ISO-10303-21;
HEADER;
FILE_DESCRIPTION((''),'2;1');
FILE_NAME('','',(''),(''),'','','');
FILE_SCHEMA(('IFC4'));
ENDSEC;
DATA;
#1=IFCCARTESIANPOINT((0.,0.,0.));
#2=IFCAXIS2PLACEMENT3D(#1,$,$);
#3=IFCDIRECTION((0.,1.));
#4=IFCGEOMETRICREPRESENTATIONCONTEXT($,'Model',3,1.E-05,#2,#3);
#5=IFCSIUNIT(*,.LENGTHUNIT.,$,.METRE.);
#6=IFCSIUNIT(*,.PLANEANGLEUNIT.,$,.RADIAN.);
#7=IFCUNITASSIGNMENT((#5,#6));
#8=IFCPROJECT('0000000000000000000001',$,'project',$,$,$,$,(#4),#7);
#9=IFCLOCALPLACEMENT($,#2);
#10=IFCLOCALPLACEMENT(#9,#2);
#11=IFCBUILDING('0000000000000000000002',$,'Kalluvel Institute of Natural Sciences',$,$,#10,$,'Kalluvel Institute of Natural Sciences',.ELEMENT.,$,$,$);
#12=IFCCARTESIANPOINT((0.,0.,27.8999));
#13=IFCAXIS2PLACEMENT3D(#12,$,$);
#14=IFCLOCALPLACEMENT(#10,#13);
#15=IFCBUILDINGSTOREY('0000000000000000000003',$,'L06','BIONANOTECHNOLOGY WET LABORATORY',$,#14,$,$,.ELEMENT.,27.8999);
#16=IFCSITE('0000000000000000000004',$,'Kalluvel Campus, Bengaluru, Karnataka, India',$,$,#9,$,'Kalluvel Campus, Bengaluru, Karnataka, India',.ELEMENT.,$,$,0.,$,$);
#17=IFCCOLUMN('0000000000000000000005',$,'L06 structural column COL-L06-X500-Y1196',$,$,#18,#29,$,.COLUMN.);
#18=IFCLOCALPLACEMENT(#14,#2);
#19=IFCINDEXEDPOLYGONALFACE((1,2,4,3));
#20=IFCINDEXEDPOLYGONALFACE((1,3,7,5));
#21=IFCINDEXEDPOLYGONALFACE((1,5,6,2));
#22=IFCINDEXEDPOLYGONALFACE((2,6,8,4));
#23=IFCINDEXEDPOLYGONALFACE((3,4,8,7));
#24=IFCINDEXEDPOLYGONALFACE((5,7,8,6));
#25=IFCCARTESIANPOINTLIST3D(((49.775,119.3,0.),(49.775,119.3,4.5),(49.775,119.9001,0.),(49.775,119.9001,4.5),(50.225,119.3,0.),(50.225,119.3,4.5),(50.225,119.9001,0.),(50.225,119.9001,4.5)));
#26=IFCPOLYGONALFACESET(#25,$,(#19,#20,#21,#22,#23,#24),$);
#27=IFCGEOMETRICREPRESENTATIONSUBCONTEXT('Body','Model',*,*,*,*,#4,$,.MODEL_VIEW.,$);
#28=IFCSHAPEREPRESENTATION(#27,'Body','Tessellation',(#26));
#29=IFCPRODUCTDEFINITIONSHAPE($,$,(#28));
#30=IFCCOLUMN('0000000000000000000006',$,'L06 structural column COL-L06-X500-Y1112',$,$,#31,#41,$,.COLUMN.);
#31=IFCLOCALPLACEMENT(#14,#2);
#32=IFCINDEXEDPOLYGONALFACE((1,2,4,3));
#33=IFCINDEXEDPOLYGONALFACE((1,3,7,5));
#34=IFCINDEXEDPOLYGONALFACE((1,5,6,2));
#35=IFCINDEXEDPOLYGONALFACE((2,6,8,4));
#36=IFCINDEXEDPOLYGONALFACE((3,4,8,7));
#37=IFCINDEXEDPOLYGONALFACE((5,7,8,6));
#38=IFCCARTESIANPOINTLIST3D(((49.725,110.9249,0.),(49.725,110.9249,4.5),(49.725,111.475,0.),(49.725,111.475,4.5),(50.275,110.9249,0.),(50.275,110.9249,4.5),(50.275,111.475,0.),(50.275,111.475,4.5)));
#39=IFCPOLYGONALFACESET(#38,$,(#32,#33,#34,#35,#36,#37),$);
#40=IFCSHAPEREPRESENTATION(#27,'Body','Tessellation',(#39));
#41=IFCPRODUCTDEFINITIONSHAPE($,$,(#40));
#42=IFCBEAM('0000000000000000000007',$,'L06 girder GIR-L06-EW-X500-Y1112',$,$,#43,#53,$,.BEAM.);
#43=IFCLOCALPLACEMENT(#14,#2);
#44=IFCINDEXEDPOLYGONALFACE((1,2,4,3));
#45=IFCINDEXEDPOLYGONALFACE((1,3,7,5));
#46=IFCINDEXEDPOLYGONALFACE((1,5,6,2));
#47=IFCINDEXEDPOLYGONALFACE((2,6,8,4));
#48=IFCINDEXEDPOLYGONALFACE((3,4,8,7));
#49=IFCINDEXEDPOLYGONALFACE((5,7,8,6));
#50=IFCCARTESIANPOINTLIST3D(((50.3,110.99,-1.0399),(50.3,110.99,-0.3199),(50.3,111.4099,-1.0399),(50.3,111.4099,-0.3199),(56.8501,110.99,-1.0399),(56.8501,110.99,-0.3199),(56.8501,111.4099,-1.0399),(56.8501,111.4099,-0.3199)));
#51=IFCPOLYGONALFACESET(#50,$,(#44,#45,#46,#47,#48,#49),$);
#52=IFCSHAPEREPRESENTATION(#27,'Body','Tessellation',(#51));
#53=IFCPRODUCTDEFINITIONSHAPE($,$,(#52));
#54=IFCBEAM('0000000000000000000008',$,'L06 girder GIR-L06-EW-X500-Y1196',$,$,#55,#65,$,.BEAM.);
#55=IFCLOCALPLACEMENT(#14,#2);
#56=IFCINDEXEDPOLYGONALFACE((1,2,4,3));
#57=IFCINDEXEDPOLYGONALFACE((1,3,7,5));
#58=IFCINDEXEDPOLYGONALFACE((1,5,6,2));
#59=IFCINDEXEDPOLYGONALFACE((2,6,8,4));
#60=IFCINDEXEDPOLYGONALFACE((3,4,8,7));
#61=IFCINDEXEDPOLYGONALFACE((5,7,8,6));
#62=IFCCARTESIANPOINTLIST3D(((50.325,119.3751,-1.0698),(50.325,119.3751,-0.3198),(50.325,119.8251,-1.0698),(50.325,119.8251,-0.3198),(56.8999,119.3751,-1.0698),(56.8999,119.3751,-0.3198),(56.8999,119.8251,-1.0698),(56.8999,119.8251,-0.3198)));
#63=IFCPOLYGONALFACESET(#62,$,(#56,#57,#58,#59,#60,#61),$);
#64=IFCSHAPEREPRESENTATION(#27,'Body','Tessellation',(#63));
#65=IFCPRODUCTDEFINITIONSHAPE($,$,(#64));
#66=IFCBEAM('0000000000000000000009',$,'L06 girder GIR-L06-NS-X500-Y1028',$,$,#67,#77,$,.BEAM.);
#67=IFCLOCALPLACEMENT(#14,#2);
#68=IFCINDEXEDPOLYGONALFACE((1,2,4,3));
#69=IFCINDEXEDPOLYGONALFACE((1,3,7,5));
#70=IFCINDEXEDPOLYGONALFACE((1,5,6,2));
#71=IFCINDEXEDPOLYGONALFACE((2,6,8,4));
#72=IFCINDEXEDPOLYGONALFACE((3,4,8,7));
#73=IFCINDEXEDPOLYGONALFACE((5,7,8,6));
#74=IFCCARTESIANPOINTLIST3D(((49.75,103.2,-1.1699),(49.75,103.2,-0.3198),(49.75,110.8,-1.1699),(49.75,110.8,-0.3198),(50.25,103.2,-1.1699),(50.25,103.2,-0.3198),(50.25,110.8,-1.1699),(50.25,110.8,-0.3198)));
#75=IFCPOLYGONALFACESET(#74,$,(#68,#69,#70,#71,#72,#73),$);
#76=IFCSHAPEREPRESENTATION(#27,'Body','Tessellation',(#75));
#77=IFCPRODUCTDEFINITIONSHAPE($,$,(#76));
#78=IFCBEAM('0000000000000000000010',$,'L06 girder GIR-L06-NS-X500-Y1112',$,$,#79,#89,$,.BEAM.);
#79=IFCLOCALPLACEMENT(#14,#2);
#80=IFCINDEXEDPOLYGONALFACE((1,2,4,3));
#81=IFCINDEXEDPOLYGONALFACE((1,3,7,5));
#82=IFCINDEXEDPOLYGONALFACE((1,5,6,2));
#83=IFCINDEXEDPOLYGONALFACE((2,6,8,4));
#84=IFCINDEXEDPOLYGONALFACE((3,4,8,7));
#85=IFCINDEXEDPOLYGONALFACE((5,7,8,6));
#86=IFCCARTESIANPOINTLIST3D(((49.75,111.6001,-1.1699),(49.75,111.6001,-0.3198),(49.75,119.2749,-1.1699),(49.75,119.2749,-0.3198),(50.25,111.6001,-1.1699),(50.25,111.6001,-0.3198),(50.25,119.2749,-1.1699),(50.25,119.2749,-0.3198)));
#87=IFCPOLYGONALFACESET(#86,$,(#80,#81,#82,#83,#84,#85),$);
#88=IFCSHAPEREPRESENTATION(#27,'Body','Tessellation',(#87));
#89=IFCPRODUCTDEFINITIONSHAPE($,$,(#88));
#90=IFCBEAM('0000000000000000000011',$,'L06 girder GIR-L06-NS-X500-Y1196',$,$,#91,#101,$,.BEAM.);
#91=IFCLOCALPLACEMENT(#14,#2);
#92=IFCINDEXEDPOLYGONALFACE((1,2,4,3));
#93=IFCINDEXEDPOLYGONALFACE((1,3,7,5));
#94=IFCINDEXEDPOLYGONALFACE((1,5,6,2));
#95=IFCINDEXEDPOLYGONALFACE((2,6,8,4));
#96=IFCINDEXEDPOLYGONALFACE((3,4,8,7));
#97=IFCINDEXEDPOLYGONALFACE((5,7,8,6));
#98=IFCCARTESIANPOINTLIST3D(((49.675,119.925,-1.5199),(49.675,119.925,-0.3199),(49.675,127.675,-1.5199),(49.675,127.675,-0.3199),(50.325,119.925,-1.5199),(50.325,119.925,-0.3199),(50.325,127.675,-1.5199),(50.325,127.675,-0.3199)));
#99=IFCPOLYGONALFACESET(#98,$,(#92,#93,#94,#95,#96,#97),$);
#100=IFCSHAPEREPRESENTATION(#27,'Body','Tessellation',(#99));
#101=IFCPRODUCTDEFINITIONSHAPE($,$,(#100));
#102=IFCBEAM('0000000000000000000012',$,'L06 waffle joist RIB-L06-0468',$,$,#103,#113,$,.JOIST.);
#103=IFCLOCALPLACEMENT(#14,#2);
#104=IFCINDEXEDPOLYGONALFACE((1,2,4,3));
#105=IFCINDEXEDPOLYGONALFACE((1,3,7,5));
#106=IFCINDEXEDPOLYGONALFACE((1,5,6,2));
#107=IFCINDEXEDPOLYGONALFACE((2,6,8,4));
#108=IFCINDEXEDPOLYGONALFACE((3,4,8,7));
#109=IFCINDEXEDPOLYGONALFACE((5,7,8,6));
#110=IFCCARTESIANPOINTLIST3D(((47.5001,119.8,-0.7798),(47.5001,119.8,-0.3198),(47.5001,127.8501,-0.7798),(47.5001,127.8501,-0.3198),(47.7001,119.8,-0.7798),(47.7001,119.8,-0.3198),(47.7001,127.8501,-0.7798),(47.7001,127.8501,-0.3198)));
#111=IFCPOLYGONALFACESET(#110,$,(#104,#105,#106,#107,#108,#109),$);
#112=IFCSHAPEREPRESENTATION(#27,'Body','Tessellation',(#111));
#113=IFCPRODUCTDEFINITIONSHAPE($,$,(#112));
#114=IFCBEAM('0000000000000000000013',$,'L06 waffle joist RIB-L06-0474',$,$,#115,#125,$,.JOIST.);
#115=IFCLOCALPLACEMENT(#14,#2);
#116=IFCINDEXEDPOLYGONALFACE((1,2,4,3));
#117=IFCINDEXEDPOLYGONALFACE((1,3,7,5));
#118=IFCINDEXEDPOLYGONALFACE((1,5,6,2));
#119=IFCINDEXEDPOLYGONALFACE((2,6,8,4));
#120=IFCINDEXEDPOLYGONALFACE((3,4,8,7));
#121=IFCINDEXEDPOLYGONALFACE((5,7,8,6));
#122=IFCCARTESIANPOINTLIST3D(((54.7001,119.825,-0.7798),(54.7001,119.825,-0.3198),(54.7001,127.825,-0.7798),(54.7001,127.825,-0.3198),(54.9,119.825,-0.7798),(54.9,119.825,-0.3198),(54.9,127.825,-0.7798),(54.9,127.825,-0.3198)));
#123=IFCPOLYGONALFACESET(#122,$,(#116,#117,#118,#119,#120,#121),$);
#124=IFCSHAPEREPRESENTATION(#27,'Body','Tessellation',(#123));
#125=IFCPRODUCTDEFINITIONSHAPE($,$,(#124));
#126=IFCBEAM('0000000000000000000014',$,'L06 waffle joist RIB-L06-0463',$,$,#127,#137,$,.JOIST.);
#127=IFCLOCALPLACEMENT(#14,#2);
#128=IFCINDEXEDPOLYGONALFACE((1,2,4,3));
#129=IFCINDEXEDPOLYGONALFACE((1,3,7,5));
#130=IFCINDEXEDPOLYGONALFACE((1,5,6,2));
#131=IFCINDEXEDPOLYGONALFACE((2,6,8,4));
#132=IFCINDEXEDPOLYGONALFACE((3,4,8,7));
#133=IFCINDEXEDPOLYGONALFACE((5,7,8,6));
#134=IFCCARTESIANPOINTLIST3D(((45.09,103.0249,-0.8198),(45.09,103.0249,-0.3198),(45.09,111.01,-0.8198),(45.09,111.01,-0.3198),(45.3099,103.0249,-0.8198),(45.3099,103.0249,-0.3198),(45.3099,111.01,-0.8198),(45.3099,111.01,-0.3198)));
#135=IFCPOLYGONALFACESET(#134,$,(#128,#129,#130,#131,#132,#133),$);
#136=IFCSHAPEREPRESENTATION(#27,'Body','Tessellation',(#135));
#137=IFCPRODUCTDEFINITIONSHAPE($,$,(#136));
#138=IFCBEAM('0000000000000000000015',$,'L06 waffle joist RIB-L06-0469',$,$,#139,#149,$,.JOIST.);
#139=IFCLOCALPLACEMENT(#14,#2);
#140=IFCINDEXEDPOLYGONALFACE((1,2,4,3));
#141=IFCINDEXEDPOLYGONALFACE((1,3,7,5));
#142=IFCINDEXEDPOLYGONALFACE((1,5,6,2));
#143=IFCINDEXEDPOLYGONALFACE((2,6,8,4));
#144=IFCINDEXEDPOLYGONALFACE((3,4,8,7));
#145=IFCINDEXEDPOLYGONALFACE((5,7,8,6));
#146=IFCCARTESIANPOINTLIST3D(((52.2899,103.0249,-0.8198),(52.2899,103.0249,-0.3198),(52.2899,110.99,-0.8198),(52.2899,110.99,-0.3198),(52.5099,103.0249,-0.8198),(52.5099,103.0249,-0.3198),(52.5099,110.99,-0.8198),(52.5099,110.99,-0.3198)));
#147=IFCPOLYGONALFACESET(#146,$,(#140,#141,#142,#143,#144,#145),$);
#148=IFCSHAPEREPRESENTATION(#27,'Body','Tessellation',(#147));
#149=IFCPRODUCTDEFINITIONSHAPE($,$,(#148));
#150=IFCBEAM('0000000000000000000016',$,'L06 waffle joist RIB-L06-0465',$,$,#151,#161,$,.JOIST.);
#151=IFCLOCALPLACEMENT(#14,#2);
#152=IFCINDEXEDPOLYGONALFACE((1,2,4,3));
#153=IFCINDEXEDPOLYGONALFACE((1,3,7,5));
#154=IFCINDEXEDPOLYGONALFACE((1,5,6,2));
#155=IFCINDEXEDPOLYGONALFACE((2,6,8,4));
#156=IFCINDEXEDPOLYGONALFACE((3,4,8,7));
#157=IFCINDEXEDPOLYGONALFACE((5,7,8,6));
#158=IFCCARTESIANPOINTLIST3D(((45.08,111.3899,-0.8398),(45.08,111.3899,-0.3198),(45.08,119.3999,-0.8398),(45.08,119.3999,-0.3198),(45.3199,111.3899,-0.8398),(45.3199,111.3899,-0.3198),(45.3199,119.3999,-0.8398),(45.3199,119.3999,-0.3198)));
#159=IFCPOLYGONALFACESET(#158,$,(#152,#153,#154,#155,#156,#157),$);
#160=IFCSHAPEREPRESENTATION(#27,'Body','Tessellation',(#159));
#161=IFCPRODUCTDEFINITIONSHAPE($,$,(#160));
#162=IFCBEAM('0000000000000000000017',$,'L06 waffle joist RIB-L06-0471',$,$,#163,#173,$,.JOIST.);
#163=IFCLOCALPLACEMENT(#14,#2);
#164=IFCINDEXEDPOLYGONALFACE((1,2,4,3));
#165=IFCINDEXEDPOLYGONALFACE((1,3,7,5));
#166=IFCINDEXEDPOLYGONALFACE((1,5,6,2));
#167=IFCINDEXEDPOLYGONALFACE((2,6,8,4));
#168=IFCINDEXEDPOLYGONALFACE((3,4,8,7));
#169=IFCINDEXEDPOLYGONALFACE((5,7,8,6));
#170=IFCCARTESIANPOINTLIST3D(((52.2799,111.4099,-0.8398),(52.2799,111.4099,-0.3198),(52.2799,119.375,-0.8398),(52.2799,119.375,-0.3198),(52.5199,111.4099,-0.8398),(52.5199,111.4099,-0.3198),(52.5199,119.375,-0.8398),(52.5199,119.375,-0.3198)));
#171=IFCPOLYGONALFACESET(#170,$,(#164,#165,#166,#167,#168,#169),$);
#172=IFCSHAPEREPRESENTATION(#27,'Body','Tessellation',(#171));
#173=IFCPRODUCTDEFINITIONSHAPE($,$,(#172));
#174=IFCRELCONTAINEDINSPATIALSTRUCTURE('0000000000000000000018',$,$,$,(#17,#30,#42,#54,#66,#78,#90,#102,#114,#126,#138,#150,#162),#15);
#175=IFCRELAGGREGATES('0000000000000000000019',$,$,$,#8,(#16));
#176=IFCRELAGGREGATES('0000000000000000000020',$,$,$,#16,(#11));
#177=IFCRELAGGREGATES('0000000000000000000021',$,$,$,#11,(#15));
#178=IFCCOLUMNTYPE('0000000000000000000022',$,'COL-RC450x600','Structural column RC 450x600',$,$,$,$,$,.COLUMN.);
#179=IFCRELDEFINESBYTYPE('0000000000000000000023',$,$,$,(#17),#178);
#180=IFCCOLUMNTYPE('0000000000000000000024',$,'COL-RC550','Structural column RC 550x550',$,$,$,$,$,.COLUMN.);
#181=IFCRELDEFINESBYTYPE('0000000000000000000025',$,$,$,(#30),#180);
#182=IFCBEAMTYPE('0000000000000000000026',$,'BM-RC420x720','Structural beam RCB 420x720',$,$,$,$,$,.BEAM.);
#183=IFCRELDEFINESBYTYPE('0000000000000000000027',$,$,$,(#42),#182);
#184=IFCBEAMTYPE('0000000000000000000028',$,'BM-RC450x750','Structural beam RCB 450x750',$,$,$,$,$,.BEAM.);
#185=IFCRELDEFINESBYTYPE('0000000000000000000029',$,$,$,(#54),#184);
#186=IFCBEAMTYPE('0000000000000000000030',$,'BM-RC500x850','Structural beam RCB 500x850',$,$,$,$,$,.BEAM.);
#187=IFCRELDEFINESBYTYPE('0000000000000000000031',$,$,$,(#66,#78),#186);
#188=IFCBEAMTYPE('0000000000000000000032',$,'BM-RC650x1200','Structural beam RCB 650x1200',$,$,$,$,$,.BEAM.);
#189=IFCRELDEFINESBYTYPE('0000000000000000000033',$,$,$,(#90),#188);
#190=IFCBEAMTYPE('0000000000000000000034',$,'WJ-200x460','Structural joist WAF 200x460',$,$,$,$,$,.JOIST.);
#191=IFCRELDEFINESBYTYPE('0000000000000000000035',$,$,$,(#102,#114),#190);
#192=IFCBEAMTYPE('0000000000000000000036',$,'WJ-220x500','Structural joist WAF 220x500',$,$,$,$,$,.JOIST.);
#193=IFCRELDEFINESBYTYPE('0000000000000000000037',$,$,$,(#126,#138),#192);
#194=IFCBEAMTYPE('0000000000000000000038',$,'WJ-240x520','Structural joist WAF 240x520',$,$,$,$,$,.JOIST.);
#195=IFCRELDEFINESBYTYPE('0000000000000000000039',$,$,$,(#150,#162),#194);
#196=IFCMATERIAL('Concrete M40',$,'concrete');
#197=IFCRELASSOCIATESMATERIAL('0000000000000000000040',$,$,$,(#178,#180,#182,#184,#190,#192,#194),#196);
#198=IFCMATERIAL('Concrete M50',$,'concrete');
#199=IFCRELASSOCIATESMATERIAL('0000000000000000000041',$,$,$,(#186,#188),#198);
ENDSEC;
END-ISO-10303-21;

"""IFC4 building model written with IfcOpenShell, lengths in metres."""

from ifc_helpers import new_model, si_unit, direction, frame, origin, origin_2d, place, context, subcontext, project, spatial, rectangle, extrude, material, material_profile, profile_set, type_object, element, save


model = new_model("IFC4")

# Units and contexts
model_context = context("Model", 3, precision=1e-05, world=origin(), true_north=direction((0.0, 1.0)))
body_context = subcontext(model_context, "Body", "Model", "MODEL_VIEW")
ifc_project = project(units=[si_unit("LENGTHUNIT", "METRE"), si_unit("PLANEANGLEUNIT", "RADIAN")], contexts=[model_context])

# Site, building, storey
site_placement = place(None, origin())
site = spatial("IfcSite", under=ifc_project, at=site_placement, Name="Kalluvel Campus, Bengaluru, Karnataka, India", LongName="Kalluvel Campus, Bengaluru, Karnataka, India", CompositionType="ELEMENT", RefElevation=0.0)
building_placement = place(site_placement, origin())
building = spatial("IfcBuilding", under=site, at=building_placement, Name="Kalluvel Institute of Natural Sciences", LongName="Kalluvel Institute of Natural Sciences", CompositionType="ELEMENT")
storey_placement = place(building_placement, frame((0.0, 0.0, 27.8999)))
storey = spatial("IfcBuildingStorey", under=building, at=storey_placement, Name="L06", Description="BIONANOTECHNOLOGY WET LABORATORY", CompositionType="ELEMENT", Elevation=27.8999)

# Columns
ifc_material_1 = material(Name="Concrete M40", Category="concrete")
ifc_material_profile_1 = material_profile(ifc_material_1, rectangle(XDim=0.45, YDim=0.6001, at=origin_2d()), Name="RC 450x600")
ifc_profile_set_1 = profile_set([ifc_material_profile_1], Name="Concrete M40")
column_type_1 = type_object("IfcColumnType", Name="COL-RC450x600", Description="Structural column RC 450x600", PredefinedType="COLUMN", material=ifc_profile_set_1)
column_1_placement = place(storey_placement, frame((50.0, 119.6001, 0.0), z_axis=(0.0, 0.0, 1.0), x_axis=(1.0, 0.0, 0.0)))
element("IfcColumn", 1, at=column_1_placement, inside=storey, type_object=column_type_1, Name="L06 structural column COL-L06-X500-Y1196", PredefinedType="COLUMN", context=body_context, shape_type="SweptSolid", body=[
    extrude(rectangle(XDim=0.45, YDim=0.6001, at=origin_2d()), origin(), (0.0, 0.0, 1.0), 4.5),
])
ifc_material_profile_2 = material_profile(ifc_material_1, rectangle(XDim=0.55, YDim=0.55, at=origin_2d()), Name="RC 550x550")
ifc_profile_set_2 = profile_set([ifc_material_profile_2], Name="Concrete M40")
column_type_2 = type_object("IfcColumnType", Name="COL-RC550", Description="Structural column RC 550x550", PredefinedType="COLUMN", material=ifc_profile_set_2)
column_2_placement = place(storey_placement, frame((50.0, 111.2, 0.0), z_axis=(0.0, 0.0, 1.0), x_axis=(1.0, 0.0, 0.0)))
element("IfcColumn", 2, at=column_2_placement, inside=storey, type_object=column_type_2, Name="L06 structural column COL-L06-X500-Y1112", PredefinedType="COLUMN", context=body_context, shape_type="SweptSolid", body=[
    extrude(rectangle(XDim=0.55, YDim=0.55, at=origin_2d()), origin(), (0.0, 0.0, 1.0), 4.5),
])

# Beams
ifc_material_profile_3 = material_profile(ifc_material_1, rectangle(XDim=0.4199, YDim=0.72, at=origin_2d()), Name="RCB 420x720")
ifc_profile_set_3 = profile_set([ifc_material_profile_3], Name="Concrete M40")
beam_type_1 = type_object("IfcBeamType", Name="BM-RC420x720", Description="Structural beam RCB 420x720", PredefinedType="BEAM", material=ifc_profile_set_3)
beam_1_placement = place(storey_placement, frame((50.3, 111.2, -0.6799), z_axis=(1.0, 0.0, 0.0), x_axis=(0.0, 1.0, 0.0)))
element("IfcBeam", 3, at=beam_1_placement, inside=storey, type_object=beam_type_1, Name="L06 girder GIR-L06-EW-X500-Y1112", PredefinedType="BEAM", context=body_context, shape_type="SweptSolid", body=[
    extrude(rectangle(XDim=0.4199, YDim=0.72, at=origin_2d()), origin(), (0.0, 0.0, 1.0), 6.55),
])
ifc_material_profile_4 = material_profile(ifc_material_1, rectangle(XDim=0.45, YDim=0.75, at=origin_2d()), Name="RCB 450x750")
ifc_profile_set_4 = profile_set([ifc_material_profile_4], Name="Concrete M40")
beam_type_2 = type_object("IfcBeamType", Name="BM-RC450x750", Description="Structural beam RCB 450x750", PredefinedType="BEAM", material=ifc_profile_set_4)
beam_2_placement = place(storey_placement, frame((50.325, 119.6001, -0.6948), z_axis=(1.0, 0.0, 0.0), x_axis=(0.0, 1.0, 0.0)))
element("IfcBeam", 4, at=beam_2_placement, inside=storey, type_object=beam_type_2, Name="L06 girder GIR-L06-EW-X500-Y1196", PredefinedType="BEAM", context=body_context, shape_type="SweptSolid", body=[
    extrude(rectangle(XDim=0.45, YDim=0.75, at=origin_2d()), origin(), (0.0, 0.0, 1.0), 6.575),
])
ifc_material_2 = material(Name="Concrete M50", Category="concrete")
ifc_material_profile_5 = material_profile(ifc_material_2, rectangle(XDim=0.5, YDim=0.8501, at=origin_2d()), Name="RCB 500x850")
ifc_profile_set_5 = profile_set([ifc_material_profile_5], Name="Concrete M50")
beam_type_3 = type_object("IfcBeamType", Name="BM-RC500x850", Description="Structural beam RCB 500x850", PredefinedType="BEAM", material=ifc_profile_set_5)
beam_3_placement = place(storey_placement, frame((50.0, 103.2, -0.7449), z_axis=(0.0, 1.0, 0.0), x_axis=(-1.0, 0.0, 0.0)))
element("IfcBeam", 5, at=beam_3_placement, inside=storey, type_object=beam_type_3, Name="L06 girder GIR-L06-NS-X500-Y1028", PredefinedType="BEAM", context=body_context, shape_type="SweptSolid", body=[
    extrude(rectangle(XDim=0.5, YDim=0.8501, at=origin_2d()), origin(), (0.0, 0.0, 1.0), 7.6001),
])
beam_4_placement = place(storey_placement, frame((50.0, 111.6001, -0.7449), z_axis=(0.0, 1.0, 0.0), x_axis=(-1.0, 0.0, 0.0)))
element("IfcBeam", 6, at=beam_4_placement, inside=storey, type_object=beam_type_3, Name="L06 girder GIR-L06-NS-X500-Y1112", PredefinedType="BEAM", context=body_context, shape_type="SweptSolid", body=[
    extrude(rectangle(XDim=0.5, YDim=0.8501, at=origin_2d()), origin(), (0.0, 0.0, 1.0), 7.6748),
])
ifc_material_profile_6 = material_profile(ifc_material_2, rectangle(XDim=0.6499, YDim=1.2, at=origin_2d()), Name="RCB 650x1200")
ifc_profile_set_6 = profile_set([ifc_material_profile_6], Name="Concrete M50")
beam_type_4 = type_object("IfcBeamType", Name="BM-RC650x1200", Description="Structural beam RCB 650x1200", PredefinedType="BEAM", material=ifc_profile_set_6)
beam_5_placement = place(storey_placement, frame((50.0, 119.925, -0.9199), z_axis=(0.0, 1.0, 0.0), x_axis=(-1.0, 0.0, 0.0)))
element("IfcBeam", 7, at=beam_5_placement, inside=storey, type_object=beam_type_4, Name="L06 girder GIR-L06-NS-X500-Y1196", PredefinedType="BEAM", context=body_context, shape_type="SweptSolid", body=[
    extrude(rectangle(XDim=0.6499, YDim=1.2, at=origin_2d()), origin(), (0.0, 0.0, 1.0), 7.75),
])
ifc_material_profile_7 = material_profile(ifc_material_1, rectangle(XDim=0.2, YDim=0.46, at=origin_2d()), Name="WAF 200x460")
ifc_profile_set_7 = profile_set([ifc_material_profile_7], Name="Concrete M40")
beam_type_5 = type_object("IfcBeamType", Name="WJ-200x460", Description="Structural joist WAF 200x460", PredefinedType="JOIST", material=ifc_profile_set_7)
beam_6_placement = place(storey_placement, frame((47.6001, 119.8, -0.5498), z_axis=(0.0, 1.0, 0.0), x_axis=(-1.0, 0.0, 0.0)))
element("IfcBeam", 8, at=beam_6_placement, inside=storey, type_object=beam_type_5, Name="L06 waffle joist RIB-L06-0468", PredefinedType="JOIST", context=body_context, shape_type="SweptSolid", body=[
    extrude(rectangle(XDim=0.2, YDim=0.46, at=origin_2d()), origin(), (0.0, 0.0, 1.0), 8.05),
])
beam_7_placement = place(storey_placement, frame((54.8, 119.825, -0.5498), z_axis=(0.0, 1.0, 0.0), x_axis=(-1.0, 0.0, 0.0)))
element("IfcBeam", 9, at=beam_7_placement, inside=storey, type_object=beam_type_5, Name="L06 waffle joist RIB-L06-0474", PredefinedType="JOIST", context=body_context, shape_type="SweptSolid", body=[
    extrude(rectangle(XDim=0.2, YDim=0.46, at=origin_2d()), origin(), (0.0, 0.0, 1.0), 8.0),
])
ifc_material_profile_8 = material_profile(ifc_material_1, rectangle(XDim=0.22, YDim=0.5, at=origin_2d()), Name="WAF 220x500")
ifc_profile_set_8 = profile_set([ifc_material_profile_8], Name="Concrete M40")
beam_type_6 = type_object("IfcBeamType", Name="WJ-220x500", Description="Structural joist WAF 220x500", PredefinedType="JOIST", material=ifc_profile_set_8)
beam_8_placement = place(storey_placement, frame((45.2, 103.0249, -0.5698), z_axis=(0.0, 1.0, 0.0), x_axis=(-1.0, 0.0, 0.0)))
element("IfcBeam", 10, at=beam_8_placement, inside=storey, type_object=beam_type_6, Name="L06 waffle joist RIB-L06-0463", PredefinedType="JOIST", context=body_context, shape_type="SweptSolid", body=[
    extrude(rectangle(XDim=0.22, YDim=0.5, at=origin_2d()), origin(), (0.0, 0.0, 1.0), 7.9851),
])
beam_9_placement = place(storey_placement, frame((52.3999, 103.0249, -0.5698), z_axis=(0.0, 1.0, 0.0), x_axis=(-1.0, 0.0, 0.0)))
element("IfcBeam", 11, at=beam_9_placement, inside=storey, type_object=beam_type_6, Name="L06 waffle joist RIB-L06-0469", PredefinedType="JOIST", context=body_context, shape_type="SweptSolid", body=[
    extrude(rectangle(XDim=0.22, YDim=0.5, at=origin_2d()), origin(), (0.0, 0.0, 1.0), 7.9651),
])
ifc_material_profile_9 = material_profile(ifc_material_1, rectangle(XDim=0.24, YDim=0.52, at=origin_2d()), Name="WAF 240x520")
ifc_profile_set_9 = profile_set([ifc_material_profile_9], Name="Concrete M40")
beam_type_7 = type_object("IfcBeamType", Name="WJ-240x520", Description="Structural joist WAF 240x520", PredefinedType="JOIST", material=ifc_profile_set_9)
beam_10_placement = place(storey_placement, frame((45.2, 111.3899, -0.5798), z_axis=(0.0, 1.0, 0.0), x_axis=(-1.0, 0.0, 0.0)))
element("IfcBeam", 12, at=beam_10_placement, inside=storey, type_object=beam_type_7, Name="L06 waffle joist RIB-L06-0465", PredefinedType="JOIST", context=body_context, shape_type="SweptSolid", body=[
    extrude(rectangle(XDim=0.24, YDim=0.52, at=origin_2d()), origin(), (0.0, 0.0, 1.0), 8.01),
])
beam_11_placement = place(storey_placement, frame((52.3999, 111.4099, -0.5798), z_axis=(0.0, 1.0, 0.0), x_axis=(-1.0, 0.0, 0.0)))
element("IfcBeam", 13, at=beam_11_placement, inside=storey, type_object=beam_type_7, Name="L06 waffle joist RIB-L06-0471", PredefinedType="JOIST", context=body_context, shape_type="SweptSolid", body=[
    extrude(rectangle(XDim=0.24, YDim=0.52, at=origin_2d()), origin(), (0.0, 0.0, 1.0), 7.9651),
])

save(model, "model.ifc")
